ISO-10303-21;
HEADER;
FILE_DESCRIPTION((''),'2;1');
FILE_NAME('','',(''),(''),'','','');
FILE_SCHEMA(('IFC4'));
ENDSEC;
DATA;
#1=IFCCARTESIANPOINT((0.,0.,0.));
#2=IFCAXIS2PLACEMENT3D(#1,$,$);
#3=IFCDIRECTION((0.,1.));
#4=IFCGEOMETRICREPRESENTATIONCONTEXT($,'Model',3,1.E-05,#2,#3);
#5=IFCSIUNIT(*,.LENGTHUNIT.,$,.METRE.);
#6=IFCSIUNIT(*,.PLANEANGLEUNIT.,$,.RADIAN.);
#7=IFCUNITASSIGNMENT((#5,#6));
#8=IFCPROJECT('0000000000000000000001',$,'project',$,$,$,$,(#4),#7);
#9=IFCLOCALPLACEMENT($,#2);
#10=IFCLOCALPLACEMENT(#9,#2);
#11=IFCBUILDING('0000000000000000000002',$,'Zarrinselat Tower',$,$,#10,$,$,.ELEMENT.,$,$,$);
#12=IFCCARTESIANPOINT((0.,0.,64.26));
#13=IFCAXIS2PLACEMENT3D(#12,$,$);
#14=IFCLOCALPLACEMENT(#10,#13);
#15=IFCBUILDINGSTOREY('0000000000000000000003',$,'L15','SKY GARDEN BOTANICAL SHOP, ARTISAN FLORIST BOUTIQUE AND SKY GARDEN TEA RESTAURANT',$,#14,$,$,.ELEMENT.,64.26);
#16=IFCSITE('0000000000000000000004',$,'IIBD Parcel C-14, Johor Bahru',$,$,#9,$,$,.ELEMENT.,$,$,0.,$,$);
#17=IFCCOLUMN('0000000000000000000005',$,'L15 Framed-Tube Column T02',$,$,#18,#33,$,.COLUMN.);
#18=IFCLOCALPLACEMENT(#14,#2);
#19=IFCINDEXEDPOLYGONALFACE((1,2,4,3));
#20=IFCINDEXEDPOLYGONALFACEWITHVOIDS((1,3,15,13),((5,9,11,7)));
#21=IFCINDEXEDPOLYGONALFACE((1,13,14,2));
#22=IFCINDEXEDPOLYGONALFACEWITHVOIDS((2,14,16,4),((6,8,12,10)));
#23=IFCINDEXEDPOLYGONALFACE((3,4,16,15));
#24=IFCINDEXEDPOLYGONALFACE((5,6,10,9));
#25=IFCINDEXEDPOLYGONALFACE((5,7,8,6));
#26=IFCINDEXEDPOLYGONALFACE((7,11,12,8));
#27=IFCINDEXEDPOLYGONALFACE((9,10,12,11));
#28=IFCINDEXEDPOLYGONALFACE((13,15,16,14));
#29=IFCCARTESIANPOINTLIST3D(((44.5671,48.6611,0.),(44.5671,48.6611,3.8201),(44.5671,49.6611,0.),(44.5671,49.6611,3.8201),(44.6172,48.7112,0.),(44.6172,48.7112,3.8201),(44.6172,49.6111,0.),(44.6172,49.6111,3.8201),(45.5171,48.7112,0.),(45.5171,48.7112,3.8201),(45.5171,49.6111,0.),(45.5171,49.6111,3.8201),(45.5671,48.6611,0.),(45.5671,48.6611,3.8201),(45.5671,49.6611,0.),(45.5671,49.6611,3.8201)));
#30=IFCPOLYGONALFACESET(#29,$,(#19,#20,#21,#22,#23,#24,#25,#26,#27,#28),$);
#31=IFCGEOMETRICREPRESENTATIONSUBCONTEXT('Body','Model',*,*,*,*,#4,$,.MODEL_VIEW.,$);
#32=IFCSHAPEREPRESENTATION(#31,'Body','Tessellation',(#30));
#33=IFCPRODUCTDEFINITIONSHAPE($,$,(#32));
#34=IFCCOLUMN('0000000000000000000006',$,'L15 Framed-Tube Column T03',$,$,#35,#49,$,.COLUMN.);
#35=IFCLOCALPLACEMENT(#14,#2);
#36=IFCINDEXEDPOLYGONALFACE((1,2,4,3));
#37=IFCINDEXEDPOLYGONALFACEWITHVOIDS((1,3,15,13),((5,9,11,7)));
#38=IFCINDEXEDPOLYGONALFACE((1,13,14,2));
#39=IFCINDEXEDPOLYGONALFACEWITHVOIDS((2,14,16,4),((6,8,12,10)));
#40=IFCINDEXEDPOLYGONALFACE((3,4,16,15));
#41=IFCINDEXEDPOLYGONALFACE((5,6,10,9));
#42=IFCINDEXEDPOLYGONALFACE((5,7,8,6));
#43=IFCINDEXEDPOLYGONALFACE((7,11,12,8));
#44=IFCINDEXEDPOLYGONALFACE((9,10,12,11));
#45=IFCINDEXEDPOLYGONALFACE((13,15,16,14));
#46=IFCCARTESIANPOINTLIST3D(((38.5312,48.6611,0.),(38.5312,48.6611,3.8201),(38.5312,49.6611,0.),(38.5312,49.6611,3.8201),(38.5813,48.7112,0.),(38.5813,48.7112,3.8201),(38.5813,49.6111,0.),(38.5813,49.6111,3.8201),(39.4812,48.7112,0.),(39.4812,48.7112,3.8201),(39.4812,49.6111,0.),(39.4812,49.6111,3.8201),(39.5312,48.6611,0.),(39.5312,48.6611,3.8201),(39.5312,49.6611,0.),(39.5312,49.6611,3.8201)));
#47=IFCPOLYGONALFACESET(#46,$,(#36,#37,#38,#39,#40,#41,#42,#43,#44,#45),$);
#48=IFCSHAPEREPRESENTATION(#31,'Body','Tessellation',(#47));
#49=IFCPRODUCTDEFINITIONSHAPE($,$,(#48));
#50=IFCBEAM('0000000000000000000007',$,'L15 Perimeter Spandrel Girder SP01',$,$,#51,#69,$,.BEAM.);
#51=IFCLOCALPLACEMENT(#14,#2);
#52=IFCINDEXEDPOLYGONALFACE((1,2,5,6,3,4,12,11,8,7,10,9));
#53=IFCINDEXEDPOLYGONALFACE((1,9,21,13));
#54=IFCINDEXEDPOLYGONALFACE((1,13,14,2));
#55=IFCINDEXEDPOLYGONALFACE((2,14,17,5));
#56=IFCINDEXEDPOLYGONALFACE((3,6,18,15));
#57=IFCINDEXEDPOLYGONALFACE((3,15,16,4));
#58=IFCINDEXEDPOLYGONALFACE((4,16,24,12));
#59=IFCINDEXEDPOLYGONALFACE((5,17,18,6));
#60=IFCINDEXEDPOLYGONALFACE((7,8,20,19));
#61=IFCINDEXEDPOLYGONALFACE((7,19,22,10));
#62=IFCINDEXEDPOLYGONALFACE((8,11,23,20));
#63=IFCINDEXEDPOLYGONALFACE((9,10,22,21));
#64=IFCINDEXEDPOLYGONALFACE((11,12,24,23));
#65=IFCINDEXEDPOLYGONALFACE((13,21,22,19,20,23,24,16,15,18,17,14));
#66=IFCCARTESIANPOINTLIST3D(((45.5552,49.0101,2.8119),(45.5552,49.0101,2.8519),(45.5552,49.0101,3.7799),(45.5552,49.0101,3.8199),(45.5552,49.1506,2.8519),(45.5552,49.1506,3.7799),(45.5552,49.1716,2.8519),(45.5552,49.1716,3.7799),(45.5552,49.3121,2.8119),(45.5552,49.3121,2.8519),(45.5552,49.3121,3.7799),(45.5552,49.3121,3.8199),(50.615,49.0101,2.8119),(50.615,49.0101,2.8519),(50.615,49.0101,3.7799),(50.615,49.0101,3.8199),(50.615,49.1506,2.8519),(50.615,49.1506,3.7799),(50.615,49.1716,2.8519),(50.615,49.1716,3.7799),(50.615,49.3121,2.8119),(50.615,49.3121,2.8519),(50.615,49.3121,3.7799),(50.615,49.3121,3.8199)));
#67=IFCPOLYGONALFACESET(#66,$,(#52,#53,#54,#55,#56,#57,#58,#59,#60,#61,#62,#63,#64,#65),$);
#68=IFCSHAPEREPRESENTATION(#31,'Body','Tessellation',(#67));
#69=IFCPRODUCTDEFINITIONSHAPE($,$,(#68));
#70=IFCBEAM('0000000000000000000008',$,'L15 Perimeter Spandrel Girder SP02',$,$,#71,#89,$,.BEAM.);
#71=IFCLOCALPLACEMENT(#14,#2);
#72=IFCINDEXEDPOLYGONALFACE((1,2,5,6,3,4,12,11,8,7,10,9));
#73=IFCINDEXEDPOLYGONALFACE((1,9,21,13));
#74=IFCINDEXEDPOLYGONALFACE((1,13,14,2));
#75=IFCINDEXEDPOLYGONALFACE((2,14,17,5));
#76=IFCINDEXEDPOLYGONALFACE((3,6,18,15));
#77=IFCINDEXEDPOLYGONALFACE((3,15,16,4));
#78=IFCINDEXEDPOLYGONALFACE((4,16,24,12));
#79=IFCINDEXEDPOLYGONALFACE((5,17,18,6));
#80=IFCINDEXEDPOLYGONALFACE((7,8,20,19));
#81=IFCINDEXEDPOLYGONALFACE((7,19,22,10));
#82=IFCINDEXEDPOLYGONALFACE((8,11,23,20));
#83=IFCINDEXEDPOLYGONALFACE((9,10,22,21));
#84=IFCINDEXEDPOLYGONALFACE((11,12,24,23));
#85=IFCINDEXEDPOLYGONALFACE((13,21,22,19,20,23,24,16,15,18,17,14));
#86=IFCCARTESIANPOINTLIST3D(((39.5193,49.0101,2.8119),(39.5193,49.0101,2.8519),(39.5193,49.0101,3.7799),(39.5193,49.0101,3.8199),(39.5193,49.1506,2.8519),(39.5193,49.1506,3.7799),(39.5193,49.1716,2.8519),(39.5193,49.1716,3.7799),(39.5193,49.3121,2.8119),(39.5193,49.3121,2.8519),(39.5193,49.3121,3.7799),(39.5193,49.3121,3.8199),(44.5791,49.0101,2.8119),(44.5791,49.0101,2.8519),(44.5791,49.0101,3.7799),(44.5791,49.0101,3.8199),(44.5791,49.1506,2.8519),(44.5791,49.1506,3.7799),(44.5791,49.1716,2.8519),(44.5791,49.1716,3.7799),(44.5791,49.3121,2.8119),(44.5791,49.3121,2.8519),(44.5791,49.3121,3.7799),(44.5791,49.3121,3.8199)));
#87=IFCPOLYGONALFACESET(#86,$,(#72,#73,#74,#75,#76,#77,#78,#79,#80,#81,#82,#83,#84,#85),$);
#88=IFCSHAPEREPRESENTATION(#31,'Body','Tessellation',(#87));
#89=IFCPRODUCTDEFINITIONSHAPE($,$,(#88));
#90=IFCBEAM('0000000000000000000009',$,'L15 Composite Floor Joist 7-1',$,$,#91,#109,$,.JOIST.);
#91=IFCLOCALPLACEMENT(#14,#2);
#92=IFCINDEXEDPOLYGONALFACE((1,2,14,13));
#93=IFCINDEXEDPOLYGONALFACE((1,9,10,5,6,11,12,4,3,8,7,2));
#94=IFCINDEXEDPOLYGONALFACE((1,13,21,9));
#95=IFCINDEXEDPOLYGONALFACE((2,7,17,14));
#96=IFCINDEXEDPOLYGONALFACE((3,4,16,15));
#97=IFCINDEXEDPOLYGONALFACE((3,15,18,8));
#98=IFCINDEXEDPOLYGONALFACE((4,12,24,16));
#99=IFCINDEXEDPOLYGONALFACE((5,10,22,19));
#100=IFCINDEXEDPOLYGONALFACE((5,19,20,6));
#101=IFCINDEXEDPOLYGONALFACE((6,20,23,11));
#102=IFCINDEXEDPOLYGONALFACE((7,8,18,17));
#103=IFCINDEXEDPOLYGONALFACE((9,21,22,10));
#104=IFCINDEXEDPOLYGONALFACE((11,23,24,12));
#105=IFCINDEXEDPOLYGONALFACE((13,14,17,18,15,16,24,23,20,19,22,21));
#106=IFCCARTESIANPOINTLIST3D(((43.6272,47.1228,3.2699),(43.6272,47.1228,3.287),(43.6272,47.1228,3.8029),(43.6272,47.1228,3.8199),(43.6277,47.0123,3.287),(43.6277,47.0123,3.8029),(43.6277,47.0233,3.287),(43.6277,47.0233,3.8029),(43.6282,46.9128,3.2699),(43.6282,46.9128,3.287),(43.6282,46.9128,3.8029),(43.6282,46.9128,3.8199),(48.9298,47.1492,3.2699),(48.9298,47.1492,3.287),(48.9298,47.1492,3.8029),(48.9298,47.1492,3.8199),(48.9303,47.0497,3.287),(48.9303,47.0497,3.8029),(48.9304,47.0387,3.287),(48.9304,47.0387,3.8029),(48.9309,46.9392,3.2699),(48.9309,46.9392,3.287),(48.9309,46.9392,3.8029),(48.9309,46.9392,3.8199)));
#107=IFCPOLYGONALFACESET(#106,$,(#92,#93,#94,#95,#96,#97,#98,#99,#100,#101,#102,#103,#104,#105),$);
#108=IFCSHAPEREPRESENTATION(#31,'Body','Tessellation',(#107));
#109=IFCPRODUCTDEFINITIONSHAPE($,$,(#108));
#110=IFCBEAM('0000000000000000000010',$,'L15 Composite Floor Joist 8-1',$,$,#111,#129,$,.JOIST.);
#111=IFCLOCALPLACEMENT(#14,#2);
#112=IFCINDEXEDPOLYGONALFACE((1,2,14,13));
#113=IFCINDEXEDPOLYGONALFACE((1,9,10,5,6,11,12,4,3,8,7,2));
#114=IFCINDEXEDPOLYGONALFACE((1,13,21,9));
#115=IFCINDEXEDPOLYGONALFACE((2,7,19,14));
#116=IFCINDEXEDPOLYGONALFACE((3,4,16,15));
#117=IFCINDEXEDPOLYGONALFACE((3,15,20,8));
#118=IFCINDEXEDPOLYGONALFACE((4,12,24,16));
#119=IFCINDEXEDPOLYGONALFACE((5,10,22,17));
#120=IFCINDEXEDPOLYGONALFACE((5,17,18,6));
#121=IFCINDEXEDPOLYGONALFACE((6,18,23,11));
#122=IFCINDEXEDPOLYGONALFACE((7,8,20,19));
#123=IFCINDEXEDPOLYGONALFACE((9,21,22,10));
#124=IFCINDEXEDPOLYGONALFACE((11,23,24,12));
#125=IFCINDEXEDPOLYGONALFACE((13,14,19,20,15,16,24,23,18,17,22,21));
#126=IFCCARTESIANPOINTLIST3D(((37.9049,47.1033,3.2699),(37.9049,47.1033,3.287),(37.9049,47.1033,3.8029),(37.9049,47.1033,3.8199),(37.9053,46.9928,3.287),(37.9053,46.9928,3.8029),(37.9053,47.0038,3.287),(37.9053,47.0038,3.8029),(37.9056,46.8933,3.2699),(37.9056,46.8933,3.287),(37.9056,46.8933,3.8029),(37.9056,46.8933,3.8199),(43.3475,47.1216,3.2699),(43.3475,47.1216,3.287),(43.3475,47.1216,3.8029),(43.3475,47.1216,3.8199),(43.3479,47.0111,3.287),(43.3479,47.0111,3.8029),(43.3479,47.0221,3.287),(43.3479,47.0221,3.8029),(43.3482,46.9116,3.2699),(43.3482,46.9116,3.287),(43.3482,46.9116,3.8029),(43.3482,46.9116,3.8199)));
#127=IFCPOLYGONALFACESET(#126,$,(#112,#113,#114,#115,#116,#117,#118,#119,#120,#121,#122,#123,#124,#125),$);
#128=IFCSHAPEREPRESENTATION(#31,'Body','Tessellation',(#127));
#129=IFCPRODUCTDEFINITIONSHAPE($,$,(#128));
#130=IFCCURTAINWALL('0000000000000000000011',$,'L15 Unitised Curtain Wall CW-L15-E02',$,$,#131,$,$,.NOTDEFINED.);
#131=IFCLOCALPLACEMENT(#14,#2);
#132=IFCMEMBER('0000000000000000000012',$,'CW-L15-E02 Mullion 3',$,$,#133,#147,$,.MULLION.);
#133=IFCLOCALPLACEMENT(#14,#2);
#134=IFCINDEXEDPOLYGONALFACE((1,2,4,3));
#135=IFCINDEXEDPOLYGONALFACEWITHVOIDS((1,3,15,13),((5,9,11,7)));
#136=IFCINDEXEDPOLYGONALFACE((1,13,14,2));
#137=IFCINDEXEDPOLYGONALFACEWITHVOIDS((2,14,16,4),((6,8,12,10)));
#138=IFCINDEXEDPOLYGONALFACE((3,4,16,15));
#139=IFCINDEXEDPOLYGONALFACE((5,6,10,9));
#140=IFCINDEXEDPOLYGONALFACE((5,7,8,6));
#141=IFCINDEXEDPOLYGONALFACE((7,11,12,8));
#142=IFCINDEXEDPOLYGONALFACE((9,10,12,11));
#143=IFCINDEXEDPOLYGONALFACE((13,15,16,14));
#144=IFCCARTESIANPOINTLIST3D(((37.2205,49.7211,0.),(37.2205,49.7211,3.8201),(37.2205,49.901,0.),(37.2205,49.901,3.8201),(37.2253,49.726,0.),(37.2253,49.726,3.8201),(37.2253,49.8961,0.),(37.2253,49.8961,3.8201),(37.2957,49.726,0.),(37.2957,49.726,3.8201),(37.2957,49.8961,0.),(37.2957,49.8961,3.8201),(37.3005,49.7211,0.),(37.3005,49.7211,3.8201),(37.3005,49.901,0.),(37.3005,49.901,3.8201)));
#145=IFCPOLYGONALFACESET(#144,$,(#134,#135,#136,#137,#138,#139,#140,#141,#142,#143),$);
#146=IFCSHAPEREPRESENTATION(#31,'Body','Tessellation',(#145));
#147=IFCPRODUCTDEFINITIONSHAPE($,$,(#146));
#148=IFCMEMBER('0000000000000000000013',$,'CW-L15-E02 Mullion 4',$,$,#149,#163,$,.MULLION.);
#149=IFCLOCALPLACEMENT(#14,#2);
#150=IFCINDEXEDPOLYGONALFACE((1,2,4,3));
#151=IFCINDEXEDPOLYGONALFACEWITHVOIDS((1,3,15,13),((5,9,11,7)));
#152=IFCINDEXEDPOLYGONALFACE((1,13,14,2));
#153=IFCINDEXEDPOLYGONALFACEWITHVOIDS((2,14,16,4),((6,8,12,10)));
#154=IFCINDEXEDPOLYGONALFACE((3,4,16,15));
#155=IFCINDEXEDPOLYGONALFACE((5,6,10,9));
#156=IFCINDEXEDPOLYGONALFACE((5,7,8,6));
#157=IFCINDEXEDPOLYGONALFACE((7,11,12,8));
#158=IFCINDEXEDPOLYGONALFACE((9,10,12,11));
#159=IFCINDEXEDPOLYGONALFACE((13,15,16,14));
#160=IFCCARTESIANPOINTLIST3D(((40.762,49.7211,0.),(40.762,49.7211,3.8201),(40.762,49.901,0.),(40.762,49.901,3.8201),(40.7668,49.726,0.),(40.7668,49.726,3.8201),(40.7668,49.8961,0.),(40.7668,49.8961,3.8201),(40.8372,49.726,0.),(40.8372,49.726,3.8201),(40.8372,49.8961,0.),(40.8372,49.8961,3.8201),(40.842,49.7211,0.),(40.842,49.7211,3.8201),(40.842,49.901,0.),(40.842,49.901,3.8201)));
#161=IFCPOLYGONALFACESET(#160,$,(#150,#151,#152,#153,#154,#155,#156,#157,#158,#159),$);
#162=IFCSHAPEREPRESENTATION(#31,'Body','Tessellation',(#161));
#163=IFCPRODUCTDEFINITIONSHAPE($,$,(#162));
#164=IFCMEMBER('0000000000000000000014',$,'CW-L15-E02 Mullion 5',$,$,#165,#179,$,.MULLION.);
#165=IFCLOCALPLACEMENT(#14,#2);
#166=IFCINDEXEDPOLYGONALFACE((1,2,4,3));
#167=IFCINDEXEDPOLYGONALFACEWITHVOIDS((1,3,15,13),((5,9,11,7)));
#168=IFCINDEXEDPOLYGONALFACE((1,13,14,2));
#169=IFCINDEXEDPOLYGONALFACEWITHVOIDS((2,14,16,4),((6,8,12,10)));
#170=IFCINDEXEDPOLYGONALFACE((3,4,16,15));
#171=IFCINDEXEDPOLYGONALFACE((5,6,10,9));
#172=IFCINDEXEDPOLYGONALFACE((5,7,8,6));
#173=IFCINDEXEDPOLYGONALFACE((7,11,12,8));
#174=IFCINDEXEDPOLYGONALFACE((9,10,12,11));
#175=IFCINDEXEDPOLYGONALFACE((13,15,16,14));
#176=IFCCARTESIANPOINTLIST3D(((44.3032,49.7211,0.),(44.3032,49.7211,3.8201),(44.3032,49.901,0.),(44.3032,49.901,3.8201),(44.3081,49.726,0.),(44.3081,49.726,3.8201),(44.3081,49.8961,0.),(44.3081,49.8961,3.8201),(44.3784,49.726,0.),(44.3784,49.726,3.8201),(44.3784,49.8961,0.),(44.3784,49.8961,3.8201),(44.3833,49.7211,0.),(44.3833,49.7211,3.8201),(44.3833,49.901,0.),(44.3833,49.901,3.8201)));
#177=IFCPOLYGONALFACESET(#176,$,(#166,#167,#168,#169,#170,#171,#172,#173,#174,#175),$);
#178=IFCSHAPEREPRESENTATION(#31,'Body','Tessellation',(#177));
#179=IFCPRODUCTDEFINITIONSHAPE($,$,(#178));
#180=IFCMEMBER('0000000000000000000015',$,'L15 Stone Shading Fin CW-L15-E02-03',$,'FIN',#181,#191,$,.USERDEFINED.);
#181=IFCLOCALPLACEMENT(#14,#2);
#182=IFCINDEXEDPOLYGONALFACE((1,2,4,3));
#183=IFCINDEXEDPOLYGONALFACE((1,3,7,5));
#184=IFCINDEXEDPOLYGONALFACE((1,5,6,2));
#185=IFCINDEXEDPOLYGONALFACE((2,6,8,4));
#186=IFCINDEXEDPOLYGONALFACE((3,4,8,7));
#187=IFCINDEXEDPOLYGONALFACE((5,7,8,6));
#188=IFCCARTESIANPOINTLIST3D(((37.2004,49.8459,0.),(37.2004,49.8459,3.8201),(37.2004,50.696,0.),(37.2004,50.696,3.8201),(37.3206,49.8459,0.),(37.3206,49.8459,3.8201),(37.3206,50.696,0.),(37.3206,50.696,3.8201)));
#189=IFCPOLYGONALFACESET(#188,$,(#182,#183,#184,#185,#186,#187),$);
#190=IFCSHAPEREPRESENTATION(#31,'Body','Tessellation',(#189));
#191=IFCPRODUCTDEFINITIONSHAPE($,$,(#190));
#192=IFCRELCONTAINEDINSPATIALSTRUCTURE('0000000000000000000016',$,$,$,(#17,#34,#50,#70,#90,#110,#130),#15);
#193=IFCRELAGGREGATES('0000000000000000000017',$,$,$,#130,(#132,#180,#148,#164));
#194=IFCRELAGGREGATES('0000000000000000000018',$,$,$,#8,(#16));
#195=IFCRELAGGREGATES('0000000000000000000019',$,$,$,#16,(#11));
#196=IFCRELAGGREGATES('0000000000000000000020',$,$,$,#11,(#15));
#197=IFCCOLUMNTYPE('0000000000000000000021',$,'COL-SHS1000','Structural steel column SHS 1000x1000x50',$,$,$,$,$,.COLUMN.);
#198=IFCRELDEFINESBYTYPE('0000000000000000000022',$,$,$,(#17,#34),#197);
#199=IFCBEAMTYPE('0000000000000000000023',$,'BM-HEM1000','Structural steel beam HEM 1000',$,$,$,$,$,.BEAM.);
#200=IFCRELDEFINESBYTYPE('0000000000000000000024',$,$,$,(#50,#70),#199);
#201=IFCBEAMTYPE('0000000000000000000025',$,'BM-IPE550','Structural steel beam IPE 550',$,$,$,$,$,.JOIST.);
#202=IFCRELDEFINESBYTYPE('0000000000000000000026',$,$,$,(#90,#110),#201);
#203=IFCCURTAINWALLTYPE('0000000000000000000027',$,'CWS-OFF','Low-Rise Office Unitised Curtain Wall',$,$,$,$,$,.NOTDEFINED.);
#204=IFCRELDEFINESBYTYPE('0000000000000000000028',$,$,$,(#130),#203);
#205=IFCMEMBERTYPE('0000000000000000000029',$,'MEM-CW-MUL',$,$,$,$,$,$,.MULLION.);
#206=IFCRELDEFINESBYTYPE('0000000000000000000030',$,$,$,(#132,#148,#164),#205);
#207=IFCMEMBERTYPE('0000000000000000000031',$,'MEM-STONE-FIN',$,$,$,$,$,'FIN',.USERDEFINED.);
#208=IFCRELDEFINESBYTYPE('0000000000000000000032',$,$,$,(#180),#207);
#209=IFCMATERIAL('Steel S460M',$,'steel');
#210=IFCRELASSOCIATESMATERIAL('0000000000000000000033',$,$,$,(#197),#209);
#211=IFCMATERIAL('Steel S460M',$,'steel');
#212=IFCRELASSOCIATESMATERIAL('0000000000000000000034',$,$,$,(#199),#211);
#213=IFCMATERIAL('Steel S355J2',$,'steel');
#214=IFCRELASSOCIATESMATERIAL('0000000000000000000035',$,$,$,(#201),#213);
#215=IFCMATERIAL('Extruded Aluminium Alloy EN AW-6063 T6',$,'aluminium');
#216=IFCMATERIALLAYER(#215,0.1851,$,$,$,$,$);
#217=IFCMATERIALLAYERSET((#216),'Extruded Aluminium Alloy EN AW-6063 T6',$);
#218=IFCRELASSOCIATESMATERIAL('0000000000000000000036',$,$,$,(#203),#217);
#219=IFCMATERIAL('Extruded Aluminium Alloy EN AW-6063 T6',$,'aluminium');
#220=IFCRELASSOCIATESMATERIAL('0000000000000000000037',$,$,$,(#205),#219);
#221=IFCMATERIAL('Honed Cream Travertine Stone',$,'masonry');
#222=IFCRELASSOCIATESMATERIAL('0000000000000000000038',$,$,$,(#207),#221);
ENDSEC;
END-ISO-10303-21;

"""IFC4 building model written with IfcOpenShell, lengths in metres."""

from ifc_helpers import new_model, si_unit, direction, frame, origin, origin_2d, place, context, subcontext, project, spatial, rectangle, hollow_rectangle, i_section, extrude, material, layer, layer_set, material_profile, profile_set, type_object, element, aggregate, save


model = new_model("IFC4")

# Units and contexts
model_context = context("Model", 3, precision=1e-05, world=origin(), true_north=direction((0.0, 1.0)))
body_context = subcontext(model_context, "Body", "Model", "MODEL_VIEW")
ifc_project = project(units=[si_unit("LENGTHUNIT", "METRE"), si_unit("PLANEANGLEUNIT", "RADIAN")], contexts=[model_context])

# Site, building, storey
site_placement = place(None, origin())
site = spatial("IfcSite", under=ifc_project, at=site_placement, Name="IIBD Parcel C-14, Johor Bahru", CompositionType="ELEMENT", RefElevation=0.0)
building_placement = place(site_placement, origin())
building = spatial("IfcBuilding", under=site, at=building_placement, Name="Zarrinselat Tower", CompositionType="ELEMENT")
storey_placement = place(building_placement, frame((0.0, 0.0, 64.26)))
storey = spatial("IfcBuildingStorey", under=building, at=storey_placement, Name="L15", Description="SKY GARDEN BOTANICAL SHOP, ARTISAN FLORIST BOUTIQUE AND SKY GARDEN TEA RESTAURANT", CompositionType="ELEMENT", Elevation=64.26)

# Columns
ifc_material_1 = material(Name="Steel S460M", Category="steel")
ifc_material_profile_1 = material_profile(ifc_material_1, hollow_rectangle(XDim=1.0, YDim=1.0, WallThickness=0.05, at=origin_2d()), Name="SHS 1000x1000x50")
ifc_profile_set_1 = profile_set([ifc_material_profile_1], Name="Steel S460M")
column_type = type_object("IfcColumnType", Name="COL-SHS1000", Description="Structural steel column SHS 1000x1000x50", PredefinedType="COLUMN", material=ifc_profile_set_1)
for number, where, z_axis, x_axis, name in (
    (1, (45.0671, 49.1611, 0.0), (0.0, 0.0, 1.0), (1.0, 0.0, 0.0), "L15 Framed-Tube Column T02"),
    (2, (39.0312, 49.1611, 0.0), (0.0, 0.0, 1.0), (1.0, 0.0, 0.0), "L15 Framed-Tube Column T03"),
):
    element("IfcColumn", number, at=place(storey_placement, frame(where, z_axis=z_axis, x_axis=x_axis)), inside=storey, type_object=column_type, Name=name, PredefinedType="COLUMN", context=body_context, shape_type="SweptSolid", body=[
        extrude(hollow_rectangle(XDim=1.0, YDim=1.0, WallThickness=0.05, at=origin_2d()), origin(), (0.0, 0.0, 1.0), 3.8201),
    ])

# Beams
ifc_material_2 = material(Name="Steel S460M", Category="steel")
ifc_material_profile_2 = material_profile(ifc_material_2, i_section(OverallWidth=0.302, OverallDepth=1.0081, WebThickness=0.021, FlangeThickness=0.04, at=origin_2d()), Name="HEM 1000")
ifc_profile_set_2 = profile_set([ifc_material_profile_2], Name="Steel S460M")
beam_type_1 = type_object("IfcBeamType", Name="BM-HEM1000", Description="Structural steel beam HEM 1000", PredefinedType="BEAM", material=ifc_profile_set_2)
for number, where, z_axis, x_axis, name in (
    (3, (45.5552, 49.1611, 3.3159), (1.0, 0.0, 0.0), (0.0, 1.0, 0.0), "L15 Perimeter Spandrel Girder SP01"),
    (4, (39.5193, 49.1611, 3.3159), (1.0, 0.0, 0.0), (0.0, 1.0, 0.0), "L15 Perimeter Spandrel Girder SP02"),
):
    element("IfcBeam", number, at=place(storey_placement, frame(where, z_axis=z_axis, x_axis=x_axis)), inside=storey, type_object=beam_type_1, Name=name, PredefinedType="BEAM", context=body_context, shape_type="SweptSolid", body=[
        extrude(i_section(OverallWidth=0.302, OverallDepth=1.0081, WebThickness=0.021, FlangeThickness=0.04, at=origin_2d()), origin(), (0.0, 0.0, 1.0), 5.0598),
    ])
ifc_material_3 = material(Name="Steel S355J2", Category="steel")
ifc_material_profile_3 = material_profile(ifc_material_3, i_section(OverallWidth=0.21, OverallDepth=0.55, WebThickness=0.011, FlangeThickness=0.0171, at=origin_2d()), Name="IPE 550")
ifc_profile_set_3 = profile_set([ifc_material_profile_3], Name="Steel S355J2")
beam_type_2 = type_object("IfcBeamType", Name="BM-IPE550", Description="Structural steel beam IPE 550", PredefinedType="JOIST", material=ifc_profile_set_3)
beam_1_placement = place(storey_placement, frame((43.6277, 47.0178, 3.5449), z_axis=(0.999988, 0.004972, 0.0), x_axis=(-0.004972, 0.999988, 0.0)))
element("IfcBeam", 5, at=beam_1_placement, inside=storey, type_object=beam_type_2, Name="L15 Composite Floor Joist 7-1", PredefinedType="JOIST", context=body_context, shape_type="SweptSolid", body=[
    extrude(i_section(OverallWidth=0.21, OverallDepth=0.55, WebThickness=0.011, FlangeThickness=0.0171, at=origin_2d()), origin(), (0.0, 0.0, 1.0), 5.3027),
])
beam_2_placement = place(storey_placement, frame((37.9053, 46.9983, 3.5449), z_axis=(0.999994, 0.003364, 0.0), x_axis=(-0.003364, 0.999994, 0.0)))
element("IfcBeam", 6, at=beam_2_placement, inside=storey, type_object=beam_type_2, Name="L15 Composite Floor Joist 8-1", PredefinedType="JOIST", context=body_context, shape_type="SweptSolid", body=[
    extrude(i_section(OverallWidth=0.21, OverallDepth=0.55, WebThickness=0.011, FlangeThickness=0.0171, at=origin_2d()), origin(), (0.0, 0.0, 1.0), 5.4426),
])

# Curtain wall, members
ifc_material_4 = material(Name="Extruded Aluminium Alloy EN AW-6063 T6", Category="aluminium")
ifc_layer_1 = layer(ifc_material_4, 0.1851)
ifc_layer_set_1 = layer_set([ifc_layer_1], Name="Extruded Aluminium Alloy EN AW-6063 T6")
curtain_wall_type = type_object("IfcCurtainWallType", Name="CWS-OFF", Description="Low-Rise Office Unitised Curtain Wall", PredefinedType="NOTDEFINED", material=ifc_layer_set_1)
curtain_wall_placement = place(storey_placement, origin())
curtain_wall = element("IfcCurtainWall", 7, at=curtain_wall_placement, inside=storey, type_object=curtain_wall_type, Name="L15 Unitised Curtain Wall CW-L15-E02", PredefinedType="NOTDEFINED")
ifc_material_5 = material(Name="Extruded Aluminium Alloy EN AW-6063 T6", Category="aluminium")
ifc_material_profile_4 = material_profile(ifc_material_5, hollow_rectangle(XDim=0.0801, YDim=0.1799, WallThickness=0.0049, at=origin_2d()), Name="RHS 180x80x5")
ifc_profile_set_4 = profile_set([ifc_material_profile_4], Name="Extruded Aluminium Alloy EN AW-6063 T6")
member_type_1 = type_object("IfcMemberType", Name="MEM-CW-MUL", PredefinedType="MULLION", material=ifc_profile_set_4)
member_1_placement = place(storey_placement, frame((37.2605, 49.811, 0.0), z_axis=(0.0, 0.0, 1.0), x_axis=(1.0, 0.0, 0.0)))
member_1 = element("IfcMember", 8, at=member_1_placement, type_object=member_type_1, Name="CW-L15-E02 Mullion 3", PredefinedType="MULLION", context=body_context, shape_type="SweptSolid", body=[
    extrude(hollow_rectangle(XDim=0.0801, YDim=0.1799, WallThickness=0.0049, at=origin_2d()), origin(), (0.0, 0.0, 1.0), 3.8201),
])
member_2_placement = place(storey_placement, frame((40.802, 49.811, 0.0), z_axis=(0.0, 0.0, 1.0), x_axis=(1.0, 0.0, 0.0)))
member_2 = element("IfcMember", 9, at=member_2_placement, type_object=member_type_1, Name="CW-L15-E02 Mullion 4", PredefinedType="MULLION", context=body_context, shape_type="SweptSolid", body=[
    extrude(hollow_rectangle(XDim=0.0801, YDim=0.1799, WallThickness=0.0049, at=origin_2d()), origin(), (0.0, 0.0, 1.0), 3.8201),
])
member_3_placement = place(storey_placement, frame((44.3433, 49.811, 0.0), z_axis=(0.0, 0.0, 1.0), x_axis=(1.0, 0.0, 0.0)))
member_3 = element("IfcMember", 10, at=member_3_placement, type_object=member_type_1, Name="CW-L15-E02 Mullion 5", PredefinedType="MULLION", context=body_context, shape_type="SweptSolid", body=[
    extrude(hollow_rectangle(XDim=0.0801, YDim=0.1799, WallThickness=0.0049, at=origin_2d()), origin(), (0.0, 0.0, 1.0), 3.8201),
])
ifc_material_6 = material(Name="Honed Cream Travertine Stone", Category="masonry")
ifc_material_profile_5 = material_profile(ifc_material_6, rectangle(XDim=0.1201, YDim=0.8501, at=origin_2d()), Name="FIN 850x120")
ifc_profile_set_5 = profile_set([ifc_material_profile_5], Name="Honed Cream Travertine Stone")
member_type_2 = type_object("IfcMemberType", Name="MEM-STONE-FIN", ElementType="FIN", PredefinedType="USERDEFINED", material=ifc_profile_set_5)
member_4_placement = place(storey_placement, frame((37.2605, 50.271, 0.0), z_axis=(0.0, 0.0, 1.0), x_axis=(1.0, 0.0, 0.0)))
member_4 = element("IfcMember", 11, at=member_4_placement, type_object=member_type_2, Name="L15 Stone Shading Fin CW-L15-E02-03", ObjectType="FIN", PredefinedType="USERDEFINED", context=body_context, shape_type="SweptSolid", body=[
    extrude(rectangle(XDim=0.1201, YDim=0.8501, at=origin_2d()), origin(), (0.0, 0.0, 1.0), 3.8201),
])
aggregate(curtain_wall, [member_1, member_4, member_2, member_3])

save(model, "model.ifc")
